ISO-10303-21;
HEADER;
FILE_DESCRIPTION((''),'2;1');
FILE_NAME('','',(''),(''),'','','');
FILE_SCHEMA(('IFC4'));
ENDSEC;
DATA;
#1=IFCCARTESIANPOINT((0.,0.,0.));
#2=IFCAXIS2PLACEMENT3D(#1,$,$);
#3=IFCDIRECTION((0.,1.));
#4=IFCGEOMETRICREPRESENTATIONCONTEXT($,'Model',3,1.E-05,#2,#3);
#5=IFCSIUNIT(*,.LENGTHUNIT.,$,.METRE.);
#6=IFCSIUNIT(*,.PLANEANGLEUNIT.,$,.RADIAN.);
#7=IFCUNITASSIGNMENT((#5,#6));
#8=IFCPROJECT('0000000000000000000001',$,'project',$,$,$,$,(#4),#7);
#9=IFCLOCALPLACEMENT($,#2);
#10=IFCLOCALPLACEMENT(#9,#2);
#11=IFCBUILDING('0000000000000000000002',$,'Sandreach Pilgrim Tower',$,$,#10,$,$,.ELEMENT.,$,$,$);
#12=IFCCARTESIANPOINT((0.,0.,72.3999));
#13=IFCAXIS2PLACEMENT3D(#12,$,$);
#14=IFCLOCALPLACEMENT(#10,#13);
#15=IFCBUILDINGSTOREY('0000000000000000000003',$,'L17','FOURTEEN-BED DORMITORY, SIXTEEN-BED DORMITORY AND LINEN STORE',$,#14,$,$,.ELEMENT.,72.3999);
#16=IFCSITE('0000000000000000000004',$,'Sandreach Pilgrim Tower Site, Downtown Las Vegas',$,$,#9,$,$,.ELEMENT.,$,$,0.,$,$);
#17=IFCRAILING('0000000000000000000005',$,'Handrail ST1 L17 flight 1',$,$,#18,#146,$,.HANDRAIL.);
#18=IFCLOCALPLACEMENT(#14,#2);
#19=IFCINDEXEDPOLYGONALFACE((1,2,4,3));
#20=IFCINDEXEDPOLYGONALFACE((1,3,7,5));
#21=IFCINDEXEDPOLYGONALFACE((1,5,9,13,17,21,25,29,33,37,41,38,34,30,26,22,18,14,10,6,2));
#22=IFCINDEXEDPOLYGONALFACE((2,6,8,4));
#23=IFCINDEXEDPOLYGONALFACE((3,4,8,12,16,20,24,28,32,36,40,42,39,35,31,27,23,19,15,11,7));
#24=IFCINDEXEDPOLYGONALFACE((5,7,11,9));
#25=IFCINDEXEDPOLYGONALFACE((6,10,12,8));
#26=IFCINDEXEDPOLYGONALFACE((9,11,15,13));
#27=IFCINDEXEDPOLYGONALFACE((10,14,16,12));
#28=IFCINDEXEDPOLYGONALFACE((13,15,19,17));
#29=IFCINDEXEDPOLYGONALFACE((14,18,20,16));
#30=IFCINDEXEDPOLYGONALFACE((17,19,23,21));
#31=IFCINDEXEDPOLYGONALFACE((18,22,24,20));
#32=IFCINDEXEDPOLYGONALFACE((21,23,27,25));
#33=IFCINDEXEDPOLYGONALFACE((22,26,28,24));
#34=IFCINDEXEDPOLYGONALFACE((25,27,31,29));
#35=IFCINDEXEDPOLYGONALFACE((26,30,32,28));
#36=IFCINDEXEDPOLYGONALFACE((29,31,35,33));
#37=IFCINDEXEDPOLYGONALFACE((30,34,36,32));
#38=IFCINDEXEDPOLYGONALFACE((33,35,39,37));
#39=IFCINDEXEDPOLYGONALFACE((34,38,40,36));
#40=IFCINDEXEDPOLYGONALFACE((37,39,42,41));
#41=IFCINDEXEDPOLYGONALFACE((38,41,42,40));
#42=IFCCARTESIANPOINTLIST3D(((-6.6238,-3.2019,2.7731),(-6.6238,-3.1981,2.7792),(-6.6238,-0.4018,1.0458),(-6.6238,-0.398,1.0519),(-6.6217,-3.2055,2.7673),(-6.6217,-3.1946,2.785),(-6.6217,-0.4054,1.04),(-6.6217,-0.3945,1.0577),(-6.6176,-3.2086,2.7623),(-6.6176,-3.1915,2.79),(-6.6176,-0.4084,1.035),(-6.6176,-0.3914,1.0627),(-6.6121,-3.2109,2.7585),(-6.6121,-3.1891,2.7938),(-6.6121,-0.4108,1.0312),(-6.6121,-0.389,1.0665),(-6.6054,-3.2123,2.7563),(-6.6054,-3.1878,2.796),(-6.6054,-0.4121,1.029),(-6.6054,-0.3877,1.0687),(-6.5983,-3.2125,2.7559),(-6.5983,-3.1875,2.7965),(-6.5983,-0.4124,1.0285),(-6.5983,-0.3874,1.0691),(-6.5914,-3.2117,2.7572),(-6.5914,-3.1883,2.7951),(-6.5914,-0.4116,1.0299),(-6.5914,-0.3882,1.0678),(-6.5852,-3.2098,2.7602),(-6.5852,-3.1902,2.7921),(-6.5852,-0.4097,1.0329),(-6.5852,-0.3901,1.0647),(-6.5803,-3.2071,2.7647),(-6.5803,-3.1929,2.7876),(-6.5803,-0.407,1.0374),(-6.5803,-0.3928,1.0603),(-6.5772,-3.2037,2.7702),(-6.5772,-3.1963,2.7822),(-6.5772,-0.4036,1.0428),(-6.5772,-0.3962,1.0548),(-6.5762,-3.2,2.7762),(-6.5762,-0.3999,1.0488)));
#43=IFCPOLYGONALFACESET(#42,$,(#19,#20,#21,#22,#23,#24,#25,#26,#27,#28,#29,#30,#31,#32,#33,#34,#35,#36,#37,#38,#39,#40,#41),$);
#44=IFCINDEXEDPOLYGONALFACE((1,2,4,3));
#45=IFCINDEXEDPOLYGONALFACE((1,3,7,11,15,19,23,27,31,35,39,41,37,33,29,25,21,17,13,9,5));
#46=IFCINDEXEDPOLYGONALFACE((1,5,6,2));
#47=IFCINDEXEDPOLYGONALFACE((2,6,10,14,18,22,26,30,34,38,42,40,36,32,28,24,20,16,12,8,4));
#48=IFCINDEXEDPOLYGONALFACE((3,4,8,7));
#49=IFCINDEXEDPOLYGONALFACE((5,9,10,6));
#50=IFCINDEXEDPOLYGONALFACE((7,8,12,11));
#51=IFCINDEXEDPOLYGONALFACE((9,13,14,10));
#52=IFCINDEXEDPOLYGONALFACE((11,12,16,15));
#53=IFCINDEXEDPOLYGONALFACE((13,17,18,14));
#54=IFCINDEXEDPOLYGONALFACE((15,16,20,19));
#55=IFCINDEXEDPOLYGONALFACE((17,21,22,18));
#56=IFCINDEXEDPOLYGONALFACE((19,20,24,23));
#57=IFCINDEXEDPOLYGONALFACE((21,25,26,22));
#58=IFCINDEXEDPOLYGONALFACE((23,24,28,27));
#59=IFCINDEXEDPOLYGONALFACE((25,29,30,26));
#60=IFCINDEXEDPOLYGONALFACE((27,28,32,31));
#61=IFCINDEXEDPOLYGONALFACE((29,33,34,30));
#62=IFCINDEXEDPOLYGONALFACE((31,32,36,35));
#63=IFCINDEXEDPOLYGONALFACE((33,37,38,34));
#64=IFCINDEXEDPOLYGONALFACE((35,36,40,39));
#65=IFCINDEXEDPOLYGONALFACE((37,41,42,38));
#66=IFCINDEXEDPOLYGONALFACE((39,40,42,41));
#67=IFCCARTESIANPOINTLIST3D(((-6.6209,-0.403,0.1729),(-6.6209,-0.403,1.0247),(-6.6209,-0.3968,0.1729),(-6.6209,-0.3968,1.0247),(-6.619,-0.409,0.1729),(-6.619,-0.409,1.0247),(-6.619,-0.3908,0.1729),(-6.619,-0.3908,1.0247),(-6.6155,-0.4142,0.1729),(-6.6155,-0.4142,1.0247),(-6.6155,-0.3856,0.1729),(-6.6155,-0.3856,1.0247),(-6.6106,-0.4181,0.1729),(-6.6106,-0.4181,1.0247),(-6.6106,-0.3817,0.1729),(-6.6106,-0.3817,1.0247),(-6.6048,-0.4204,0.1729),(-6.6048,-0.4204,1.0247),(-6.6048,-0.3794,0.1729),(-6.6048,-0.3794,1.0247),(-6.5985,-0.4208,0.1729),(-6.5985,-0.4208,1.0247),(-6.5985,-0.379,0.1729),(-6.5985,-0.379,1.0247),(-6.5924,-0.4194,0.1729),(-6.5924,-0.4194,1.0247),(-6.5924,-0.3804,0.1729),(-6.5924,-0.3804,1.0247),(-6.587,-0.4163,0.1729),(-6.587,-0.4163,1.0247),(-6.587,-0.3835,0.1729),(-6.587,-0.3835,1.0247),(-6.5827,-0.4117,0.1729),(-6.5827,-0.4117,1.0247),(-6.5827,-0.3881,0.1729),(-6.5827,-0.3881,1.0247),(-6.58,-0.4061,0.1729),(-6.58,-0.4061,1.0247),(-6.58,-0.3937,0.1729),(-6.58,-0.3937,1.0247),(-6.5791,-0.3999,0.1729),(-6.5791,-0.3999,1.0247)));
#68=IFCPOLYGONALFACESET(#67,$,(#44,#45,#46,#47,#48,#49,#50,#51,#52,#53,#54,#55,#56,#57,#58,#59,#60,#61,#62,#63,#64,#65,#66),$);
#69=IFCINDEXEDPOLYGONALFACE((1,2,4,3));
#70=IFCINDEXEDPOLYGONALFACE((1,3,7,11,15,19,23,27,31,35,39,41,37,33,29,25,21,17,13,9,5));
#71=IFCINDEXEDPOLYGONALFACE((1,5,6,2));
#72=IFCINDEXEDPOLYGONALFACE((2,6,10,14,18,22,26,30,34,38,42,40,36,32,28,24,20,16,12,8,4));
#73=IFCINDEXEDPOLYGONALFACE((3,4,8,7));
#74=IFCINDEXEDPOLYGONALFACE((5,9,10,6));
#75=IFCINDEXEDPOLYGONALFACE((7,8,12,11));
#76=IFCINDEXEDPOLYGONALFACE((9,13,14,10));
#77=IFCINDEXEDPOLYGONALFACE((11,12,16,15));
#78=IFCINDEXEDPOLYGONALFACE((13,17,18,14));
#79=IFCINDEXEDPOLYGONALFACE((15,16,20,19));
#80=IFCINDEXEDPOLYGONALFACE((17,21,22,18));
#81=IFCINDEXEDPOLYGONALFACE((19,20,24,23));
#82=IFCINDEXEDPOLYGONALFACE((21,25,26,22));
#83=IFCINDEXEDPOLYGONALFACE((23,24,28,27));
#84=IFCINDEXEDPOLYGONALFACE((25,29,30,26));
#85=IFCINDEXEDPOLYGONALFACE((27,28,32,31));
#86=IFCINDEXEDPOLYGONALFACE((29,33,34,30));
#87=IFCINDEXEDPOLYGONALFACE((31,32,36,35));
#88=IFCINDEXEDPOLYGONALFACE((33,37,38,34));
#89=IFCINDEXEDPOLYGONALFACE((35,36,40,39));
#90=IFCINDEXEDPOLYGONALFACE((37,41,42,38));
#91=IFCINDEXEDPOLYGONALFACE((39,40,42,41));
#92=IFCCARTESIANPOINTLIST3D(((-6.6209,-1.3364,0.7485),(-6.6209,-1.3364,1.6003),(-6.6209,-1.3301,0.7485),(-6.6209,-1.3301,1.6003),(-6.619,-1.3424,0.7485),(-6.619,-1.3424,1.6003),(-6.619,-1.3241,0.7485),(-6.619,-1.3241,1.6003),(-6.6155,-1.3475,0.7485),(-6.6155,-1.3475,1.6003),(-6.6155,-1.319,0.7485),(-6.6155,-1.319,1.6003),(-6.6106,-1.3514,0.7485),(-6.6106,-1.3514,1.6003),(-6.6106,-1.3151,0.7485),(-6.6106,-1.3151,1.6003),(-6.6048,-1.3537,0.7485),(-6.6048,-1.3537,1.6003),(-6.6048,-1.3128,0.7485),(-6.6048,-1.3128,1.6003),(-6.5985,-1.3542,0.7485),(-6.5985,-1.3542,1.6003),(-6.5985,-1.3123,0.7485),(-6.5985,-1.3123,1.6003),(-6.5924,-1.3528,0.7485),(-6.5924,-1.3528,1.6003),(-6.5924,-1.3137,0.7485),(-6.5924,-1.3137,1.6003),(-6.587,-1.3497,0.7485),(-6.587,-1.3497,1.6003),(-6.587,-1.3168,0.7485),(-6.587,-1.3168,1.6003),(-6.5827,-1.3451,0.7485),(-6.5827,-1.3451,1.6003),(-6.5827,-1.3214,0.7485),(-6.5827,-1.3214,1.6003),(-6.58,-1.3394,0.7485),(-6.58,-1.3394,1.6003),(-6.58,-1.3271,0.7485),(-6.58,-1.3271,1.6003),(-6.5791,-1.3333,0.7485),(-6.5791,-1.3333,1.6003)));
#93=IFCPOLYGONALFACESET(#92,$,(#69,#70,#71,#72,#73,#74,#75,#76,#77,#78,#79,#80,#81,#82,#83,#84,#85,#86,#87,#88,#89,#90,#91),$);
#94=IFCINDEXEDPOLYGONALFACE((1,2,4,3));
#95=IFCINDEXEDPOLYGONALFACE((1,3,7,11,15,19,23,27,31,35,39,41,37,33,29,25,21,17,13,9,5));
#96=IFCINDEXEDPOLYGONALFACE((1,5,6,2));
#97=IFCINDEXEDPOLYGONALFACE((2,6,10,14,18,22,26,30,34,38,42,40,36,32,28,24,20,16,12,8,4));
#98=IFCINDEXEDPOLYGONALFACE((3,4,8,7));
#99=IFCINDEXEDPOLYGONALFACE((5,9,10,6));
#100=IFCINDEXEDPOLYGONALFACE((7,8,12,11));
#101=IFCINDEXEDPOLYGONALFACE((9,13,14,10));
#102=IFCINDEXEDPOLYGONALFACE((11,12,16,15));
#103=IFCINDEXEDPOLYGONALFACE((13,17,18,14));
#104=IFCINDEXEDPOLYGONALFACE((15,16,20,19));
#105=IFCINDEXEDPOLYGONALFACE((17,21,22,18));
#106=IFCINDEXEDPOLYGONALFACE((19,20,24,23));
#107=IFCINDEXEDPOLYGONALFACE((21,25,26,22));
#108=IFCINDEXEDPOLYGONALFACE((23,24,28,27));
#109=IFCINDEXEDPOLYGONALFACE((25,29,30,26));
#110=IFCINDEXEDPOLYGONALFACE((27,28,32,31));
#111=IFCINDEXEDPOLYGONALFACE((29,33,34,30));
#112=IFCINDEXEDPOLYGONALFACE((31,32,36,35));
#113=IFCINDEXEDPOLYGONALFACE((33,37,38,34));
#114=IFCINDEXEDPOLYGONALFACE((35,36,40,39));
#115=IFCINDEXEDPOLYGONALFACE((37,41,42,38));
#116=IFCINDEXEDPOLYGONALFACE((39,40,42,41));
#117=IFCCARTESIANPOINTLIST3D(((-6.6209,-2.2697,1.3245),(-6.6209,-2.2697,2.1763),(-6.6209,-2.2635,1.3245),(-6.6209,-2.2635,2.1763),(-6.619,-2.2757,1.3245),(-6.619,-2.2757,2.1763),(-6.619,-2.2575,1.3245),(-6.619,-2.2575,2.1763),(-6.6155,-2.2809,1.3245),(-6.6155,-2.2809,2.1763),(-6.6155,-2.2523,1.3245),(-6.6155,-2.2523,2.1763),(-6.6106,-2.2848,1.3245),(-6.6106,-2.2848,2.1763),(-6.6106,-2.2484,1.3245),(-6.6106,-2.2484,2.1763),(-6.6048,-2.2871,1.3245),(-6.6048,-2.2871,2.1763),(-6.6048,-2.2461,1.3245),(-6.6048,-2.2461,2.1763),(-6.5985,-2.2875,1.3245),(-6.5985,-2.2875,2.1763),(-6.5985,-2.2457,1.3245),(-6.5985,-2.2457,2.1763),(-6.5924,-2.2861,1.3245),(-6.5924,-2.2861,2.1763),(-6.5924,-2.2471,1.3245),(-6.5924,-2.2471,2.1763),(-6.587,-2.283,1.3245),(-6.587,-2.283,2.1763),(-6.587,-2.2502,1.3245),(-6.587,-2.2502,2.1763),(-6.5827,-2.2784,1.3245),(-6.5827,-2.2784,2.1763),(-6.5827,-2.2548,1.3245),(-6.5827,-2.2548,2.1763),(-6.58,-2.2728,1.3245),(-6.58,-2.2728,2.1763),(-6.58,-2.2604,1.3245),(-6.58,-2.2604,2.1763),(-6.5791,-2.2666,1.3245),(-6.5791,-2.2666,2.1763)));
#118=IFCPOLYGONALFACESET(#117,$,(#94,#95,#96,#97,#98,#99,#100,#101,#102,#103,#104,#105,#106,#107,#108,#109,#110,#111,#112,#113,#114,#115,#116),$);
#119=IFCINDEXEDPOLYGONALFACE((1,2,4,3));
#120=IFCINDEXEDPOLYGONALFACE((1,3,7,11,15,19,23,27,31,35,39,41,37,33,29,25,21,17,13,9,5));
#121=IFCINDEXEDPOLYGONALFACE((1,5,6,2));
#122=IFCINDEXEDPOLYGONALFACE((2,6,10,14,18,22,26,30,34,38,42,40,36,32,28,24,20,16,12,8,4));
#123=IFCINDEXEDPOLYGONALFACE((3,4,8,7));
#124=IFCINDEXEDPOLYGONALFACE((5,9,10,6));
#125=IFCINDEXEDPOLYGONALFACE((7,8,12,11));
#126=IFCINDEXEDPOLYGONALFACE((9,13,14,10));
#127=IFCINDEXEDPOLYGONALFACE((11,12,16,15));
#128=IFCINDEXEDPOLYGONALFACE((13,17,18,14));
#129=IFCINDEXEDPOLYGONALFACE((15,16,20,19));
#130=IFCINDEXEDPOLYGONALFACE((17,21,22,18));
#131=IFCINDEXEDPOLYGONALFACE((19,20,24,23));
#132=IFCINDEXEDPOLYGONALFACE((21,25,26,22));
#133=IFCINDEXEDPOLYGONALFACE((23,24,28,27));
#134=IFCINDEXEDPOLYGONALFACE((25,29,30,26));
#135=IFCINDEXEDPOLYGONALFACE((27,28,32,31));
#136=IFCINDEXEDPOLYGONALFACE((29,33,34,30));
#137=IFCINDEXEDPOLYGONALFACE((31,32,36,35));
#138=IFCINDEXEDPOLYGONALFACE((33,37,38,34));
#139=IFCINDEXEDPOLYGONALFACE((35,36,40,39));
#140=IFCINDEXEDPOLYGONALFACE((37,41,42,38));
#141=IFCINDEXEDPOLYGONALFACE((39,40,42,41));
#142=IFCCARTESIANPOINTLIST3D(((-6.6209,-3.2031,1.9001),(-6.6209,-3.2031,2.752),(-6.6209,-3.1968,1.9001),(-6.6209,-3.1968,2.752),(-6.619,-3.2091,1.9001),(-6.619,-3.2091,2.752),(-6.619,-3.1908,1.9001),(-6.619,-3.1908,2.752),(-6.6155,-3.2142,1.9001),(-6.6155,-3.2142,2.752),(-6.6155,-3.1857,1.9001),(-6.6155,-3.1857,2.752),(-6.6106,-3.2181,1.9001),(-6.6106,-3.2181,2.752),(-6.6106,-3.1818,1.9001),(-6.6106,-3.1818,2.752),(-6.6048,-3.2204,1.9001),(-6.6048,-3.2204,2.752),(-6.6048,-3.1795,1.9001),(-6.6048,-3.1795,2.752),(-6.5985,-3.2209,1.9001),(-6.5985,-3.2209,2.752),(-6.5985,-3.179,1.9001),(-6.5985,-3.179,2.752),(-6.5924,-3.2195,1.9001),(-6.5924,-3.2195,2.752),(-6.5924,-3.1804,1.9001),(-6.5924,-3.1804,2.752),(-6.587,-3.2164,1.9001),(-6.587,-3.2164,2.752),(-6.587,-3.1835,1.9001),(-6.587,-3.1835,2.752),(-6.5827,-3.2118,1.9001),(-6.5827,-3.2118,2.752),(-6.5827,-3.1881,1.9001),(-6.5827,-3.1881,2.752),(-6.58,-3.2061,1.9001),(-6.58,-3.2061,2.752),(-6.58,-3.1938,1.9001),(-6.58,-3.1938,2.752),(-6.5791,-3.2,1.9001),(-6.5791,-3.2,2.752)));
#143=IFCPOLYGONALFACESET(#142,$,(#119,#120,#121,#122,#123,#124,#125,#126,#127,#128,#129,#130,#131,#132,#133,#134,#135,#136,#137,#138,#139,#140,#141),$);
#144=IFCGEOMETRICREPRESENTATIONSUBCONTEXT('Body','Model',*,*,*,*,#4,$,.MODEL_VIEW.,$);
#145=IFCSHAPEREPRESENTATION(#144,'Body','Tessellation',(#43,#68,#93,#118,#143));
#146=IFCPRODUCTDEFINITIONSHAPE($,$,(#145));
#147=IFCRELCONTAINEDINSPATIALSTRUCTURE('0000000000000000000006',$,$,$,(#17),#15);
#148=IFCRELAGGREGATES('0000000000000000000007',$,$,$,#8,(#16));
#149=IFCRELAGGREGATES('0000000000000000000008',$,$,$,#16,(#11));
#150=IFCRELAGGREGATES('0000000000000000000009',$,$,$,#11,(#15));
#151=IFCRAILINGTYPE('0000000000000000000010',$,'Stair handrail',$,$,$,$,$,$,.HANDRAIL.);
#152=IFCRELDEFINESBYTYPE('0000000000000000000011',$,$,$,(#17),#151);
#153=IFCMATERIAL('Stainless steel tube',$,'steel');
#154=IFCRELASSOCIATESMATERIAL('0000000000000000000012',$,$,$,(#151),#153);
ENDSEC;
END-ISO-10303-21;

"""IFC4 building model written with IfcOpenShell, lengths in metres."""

from ifc_helpers import new_model, si_unit, direction, frame, origin, origin_2d, place, context, subcontext, project, spatial, circle, extrude, material, type_object, element, save


model = new_model("IFC4")

# Units and contexts
model_context = context("Model", 3, precision=1e-05, world=origin(), true_north=direction((0.0, 1.0)))
body_context = subcontext(model_context, "Body", "Model", "MODEL_VIEW")
ifc_project = project(units=[si_unit("LENGTHUNIT", "METRE"), si_unit("PLANEANGLEUNIT", "RADIAN")], contexts=[model_context])

# Site, building, storey
site_placement = place(None, origin())
site = spatial("IfcSite", under=ifc_project, at=site_placement, Name="Sandreach Pilgrim Tower Site, Downtown Las Vegas", CompositionType="ELEMENT", RefElevation=0.0)
building_placement = place(site_placement, origin())
building = spatial("IfcBuilding", under=site, at=building_placement, Name="Sandreach Pilgrim Tower", CompositionType="ELEMENT")
storey_placement = place(building_placement, frame((0.0, 0.0, 72.3999)))
storey = spatial("IfcBuildingStorey", under=building, at=storey_placement, Name="L17", Description="FOURTEEN-BED DORMITORY, SIXTEEN-BED DORMITORY AND LINEN STORE", CompositionType="ELEMENT", Elevation=72.3999)

# Railing
ifc_material_1 = material(Name="Stainless steel tube", Category="steel")
railing_type = type_object("IfcRailingType", Name="Stair handrail", PredefinedType="HANDRAIL", material=ifc_material_1)
for number, where, name in (
    (1, (-6.6001, -0.3999, 0.1729), "Handrail ST1 L17 flight 1"),
):
    element("IfcRailing", number, at=place(storey_placement, frame(where)), inside=storey, type_object=railing_type, Name=name, PredefinedType="HANDRAIL", context=body_context, shape_type="SweptSolid", body=[
        extrude(circle(Radius=0.0239, at=origin_2d()), frame((0.0, 0.0, 0.876), z_axis=(0.0, -0.85109, 0.52502), x_axis=(1.0, 0.0, 0.0)), (0.0, 0.0, 1.0), 3.29),
        extrude(circle(Radius=0.021, at=origin_2d()), origin(), (0.0, 0.0, 1.0), 0.8518),
        extrude(circle(Radius=0.021, at=origin_2d()), frame((0.0, -0.9333, 0.5757)), (0.0, 0.0, 1.0), 0.8518),
        extrude(circle(Radius=0.021, at=origin_2d()), frame((0.0, -1.8667, 1.1516)), (0.0, 0.0, 1.0), 0.8518),
        extrude(circle(Radius=0.021, at=origin_2d()), frame((0.0, -2.8, 1.7273)), (0.0, 0.0, 1.0), 0.8518),
    ])

save(model, "model.ifc")
